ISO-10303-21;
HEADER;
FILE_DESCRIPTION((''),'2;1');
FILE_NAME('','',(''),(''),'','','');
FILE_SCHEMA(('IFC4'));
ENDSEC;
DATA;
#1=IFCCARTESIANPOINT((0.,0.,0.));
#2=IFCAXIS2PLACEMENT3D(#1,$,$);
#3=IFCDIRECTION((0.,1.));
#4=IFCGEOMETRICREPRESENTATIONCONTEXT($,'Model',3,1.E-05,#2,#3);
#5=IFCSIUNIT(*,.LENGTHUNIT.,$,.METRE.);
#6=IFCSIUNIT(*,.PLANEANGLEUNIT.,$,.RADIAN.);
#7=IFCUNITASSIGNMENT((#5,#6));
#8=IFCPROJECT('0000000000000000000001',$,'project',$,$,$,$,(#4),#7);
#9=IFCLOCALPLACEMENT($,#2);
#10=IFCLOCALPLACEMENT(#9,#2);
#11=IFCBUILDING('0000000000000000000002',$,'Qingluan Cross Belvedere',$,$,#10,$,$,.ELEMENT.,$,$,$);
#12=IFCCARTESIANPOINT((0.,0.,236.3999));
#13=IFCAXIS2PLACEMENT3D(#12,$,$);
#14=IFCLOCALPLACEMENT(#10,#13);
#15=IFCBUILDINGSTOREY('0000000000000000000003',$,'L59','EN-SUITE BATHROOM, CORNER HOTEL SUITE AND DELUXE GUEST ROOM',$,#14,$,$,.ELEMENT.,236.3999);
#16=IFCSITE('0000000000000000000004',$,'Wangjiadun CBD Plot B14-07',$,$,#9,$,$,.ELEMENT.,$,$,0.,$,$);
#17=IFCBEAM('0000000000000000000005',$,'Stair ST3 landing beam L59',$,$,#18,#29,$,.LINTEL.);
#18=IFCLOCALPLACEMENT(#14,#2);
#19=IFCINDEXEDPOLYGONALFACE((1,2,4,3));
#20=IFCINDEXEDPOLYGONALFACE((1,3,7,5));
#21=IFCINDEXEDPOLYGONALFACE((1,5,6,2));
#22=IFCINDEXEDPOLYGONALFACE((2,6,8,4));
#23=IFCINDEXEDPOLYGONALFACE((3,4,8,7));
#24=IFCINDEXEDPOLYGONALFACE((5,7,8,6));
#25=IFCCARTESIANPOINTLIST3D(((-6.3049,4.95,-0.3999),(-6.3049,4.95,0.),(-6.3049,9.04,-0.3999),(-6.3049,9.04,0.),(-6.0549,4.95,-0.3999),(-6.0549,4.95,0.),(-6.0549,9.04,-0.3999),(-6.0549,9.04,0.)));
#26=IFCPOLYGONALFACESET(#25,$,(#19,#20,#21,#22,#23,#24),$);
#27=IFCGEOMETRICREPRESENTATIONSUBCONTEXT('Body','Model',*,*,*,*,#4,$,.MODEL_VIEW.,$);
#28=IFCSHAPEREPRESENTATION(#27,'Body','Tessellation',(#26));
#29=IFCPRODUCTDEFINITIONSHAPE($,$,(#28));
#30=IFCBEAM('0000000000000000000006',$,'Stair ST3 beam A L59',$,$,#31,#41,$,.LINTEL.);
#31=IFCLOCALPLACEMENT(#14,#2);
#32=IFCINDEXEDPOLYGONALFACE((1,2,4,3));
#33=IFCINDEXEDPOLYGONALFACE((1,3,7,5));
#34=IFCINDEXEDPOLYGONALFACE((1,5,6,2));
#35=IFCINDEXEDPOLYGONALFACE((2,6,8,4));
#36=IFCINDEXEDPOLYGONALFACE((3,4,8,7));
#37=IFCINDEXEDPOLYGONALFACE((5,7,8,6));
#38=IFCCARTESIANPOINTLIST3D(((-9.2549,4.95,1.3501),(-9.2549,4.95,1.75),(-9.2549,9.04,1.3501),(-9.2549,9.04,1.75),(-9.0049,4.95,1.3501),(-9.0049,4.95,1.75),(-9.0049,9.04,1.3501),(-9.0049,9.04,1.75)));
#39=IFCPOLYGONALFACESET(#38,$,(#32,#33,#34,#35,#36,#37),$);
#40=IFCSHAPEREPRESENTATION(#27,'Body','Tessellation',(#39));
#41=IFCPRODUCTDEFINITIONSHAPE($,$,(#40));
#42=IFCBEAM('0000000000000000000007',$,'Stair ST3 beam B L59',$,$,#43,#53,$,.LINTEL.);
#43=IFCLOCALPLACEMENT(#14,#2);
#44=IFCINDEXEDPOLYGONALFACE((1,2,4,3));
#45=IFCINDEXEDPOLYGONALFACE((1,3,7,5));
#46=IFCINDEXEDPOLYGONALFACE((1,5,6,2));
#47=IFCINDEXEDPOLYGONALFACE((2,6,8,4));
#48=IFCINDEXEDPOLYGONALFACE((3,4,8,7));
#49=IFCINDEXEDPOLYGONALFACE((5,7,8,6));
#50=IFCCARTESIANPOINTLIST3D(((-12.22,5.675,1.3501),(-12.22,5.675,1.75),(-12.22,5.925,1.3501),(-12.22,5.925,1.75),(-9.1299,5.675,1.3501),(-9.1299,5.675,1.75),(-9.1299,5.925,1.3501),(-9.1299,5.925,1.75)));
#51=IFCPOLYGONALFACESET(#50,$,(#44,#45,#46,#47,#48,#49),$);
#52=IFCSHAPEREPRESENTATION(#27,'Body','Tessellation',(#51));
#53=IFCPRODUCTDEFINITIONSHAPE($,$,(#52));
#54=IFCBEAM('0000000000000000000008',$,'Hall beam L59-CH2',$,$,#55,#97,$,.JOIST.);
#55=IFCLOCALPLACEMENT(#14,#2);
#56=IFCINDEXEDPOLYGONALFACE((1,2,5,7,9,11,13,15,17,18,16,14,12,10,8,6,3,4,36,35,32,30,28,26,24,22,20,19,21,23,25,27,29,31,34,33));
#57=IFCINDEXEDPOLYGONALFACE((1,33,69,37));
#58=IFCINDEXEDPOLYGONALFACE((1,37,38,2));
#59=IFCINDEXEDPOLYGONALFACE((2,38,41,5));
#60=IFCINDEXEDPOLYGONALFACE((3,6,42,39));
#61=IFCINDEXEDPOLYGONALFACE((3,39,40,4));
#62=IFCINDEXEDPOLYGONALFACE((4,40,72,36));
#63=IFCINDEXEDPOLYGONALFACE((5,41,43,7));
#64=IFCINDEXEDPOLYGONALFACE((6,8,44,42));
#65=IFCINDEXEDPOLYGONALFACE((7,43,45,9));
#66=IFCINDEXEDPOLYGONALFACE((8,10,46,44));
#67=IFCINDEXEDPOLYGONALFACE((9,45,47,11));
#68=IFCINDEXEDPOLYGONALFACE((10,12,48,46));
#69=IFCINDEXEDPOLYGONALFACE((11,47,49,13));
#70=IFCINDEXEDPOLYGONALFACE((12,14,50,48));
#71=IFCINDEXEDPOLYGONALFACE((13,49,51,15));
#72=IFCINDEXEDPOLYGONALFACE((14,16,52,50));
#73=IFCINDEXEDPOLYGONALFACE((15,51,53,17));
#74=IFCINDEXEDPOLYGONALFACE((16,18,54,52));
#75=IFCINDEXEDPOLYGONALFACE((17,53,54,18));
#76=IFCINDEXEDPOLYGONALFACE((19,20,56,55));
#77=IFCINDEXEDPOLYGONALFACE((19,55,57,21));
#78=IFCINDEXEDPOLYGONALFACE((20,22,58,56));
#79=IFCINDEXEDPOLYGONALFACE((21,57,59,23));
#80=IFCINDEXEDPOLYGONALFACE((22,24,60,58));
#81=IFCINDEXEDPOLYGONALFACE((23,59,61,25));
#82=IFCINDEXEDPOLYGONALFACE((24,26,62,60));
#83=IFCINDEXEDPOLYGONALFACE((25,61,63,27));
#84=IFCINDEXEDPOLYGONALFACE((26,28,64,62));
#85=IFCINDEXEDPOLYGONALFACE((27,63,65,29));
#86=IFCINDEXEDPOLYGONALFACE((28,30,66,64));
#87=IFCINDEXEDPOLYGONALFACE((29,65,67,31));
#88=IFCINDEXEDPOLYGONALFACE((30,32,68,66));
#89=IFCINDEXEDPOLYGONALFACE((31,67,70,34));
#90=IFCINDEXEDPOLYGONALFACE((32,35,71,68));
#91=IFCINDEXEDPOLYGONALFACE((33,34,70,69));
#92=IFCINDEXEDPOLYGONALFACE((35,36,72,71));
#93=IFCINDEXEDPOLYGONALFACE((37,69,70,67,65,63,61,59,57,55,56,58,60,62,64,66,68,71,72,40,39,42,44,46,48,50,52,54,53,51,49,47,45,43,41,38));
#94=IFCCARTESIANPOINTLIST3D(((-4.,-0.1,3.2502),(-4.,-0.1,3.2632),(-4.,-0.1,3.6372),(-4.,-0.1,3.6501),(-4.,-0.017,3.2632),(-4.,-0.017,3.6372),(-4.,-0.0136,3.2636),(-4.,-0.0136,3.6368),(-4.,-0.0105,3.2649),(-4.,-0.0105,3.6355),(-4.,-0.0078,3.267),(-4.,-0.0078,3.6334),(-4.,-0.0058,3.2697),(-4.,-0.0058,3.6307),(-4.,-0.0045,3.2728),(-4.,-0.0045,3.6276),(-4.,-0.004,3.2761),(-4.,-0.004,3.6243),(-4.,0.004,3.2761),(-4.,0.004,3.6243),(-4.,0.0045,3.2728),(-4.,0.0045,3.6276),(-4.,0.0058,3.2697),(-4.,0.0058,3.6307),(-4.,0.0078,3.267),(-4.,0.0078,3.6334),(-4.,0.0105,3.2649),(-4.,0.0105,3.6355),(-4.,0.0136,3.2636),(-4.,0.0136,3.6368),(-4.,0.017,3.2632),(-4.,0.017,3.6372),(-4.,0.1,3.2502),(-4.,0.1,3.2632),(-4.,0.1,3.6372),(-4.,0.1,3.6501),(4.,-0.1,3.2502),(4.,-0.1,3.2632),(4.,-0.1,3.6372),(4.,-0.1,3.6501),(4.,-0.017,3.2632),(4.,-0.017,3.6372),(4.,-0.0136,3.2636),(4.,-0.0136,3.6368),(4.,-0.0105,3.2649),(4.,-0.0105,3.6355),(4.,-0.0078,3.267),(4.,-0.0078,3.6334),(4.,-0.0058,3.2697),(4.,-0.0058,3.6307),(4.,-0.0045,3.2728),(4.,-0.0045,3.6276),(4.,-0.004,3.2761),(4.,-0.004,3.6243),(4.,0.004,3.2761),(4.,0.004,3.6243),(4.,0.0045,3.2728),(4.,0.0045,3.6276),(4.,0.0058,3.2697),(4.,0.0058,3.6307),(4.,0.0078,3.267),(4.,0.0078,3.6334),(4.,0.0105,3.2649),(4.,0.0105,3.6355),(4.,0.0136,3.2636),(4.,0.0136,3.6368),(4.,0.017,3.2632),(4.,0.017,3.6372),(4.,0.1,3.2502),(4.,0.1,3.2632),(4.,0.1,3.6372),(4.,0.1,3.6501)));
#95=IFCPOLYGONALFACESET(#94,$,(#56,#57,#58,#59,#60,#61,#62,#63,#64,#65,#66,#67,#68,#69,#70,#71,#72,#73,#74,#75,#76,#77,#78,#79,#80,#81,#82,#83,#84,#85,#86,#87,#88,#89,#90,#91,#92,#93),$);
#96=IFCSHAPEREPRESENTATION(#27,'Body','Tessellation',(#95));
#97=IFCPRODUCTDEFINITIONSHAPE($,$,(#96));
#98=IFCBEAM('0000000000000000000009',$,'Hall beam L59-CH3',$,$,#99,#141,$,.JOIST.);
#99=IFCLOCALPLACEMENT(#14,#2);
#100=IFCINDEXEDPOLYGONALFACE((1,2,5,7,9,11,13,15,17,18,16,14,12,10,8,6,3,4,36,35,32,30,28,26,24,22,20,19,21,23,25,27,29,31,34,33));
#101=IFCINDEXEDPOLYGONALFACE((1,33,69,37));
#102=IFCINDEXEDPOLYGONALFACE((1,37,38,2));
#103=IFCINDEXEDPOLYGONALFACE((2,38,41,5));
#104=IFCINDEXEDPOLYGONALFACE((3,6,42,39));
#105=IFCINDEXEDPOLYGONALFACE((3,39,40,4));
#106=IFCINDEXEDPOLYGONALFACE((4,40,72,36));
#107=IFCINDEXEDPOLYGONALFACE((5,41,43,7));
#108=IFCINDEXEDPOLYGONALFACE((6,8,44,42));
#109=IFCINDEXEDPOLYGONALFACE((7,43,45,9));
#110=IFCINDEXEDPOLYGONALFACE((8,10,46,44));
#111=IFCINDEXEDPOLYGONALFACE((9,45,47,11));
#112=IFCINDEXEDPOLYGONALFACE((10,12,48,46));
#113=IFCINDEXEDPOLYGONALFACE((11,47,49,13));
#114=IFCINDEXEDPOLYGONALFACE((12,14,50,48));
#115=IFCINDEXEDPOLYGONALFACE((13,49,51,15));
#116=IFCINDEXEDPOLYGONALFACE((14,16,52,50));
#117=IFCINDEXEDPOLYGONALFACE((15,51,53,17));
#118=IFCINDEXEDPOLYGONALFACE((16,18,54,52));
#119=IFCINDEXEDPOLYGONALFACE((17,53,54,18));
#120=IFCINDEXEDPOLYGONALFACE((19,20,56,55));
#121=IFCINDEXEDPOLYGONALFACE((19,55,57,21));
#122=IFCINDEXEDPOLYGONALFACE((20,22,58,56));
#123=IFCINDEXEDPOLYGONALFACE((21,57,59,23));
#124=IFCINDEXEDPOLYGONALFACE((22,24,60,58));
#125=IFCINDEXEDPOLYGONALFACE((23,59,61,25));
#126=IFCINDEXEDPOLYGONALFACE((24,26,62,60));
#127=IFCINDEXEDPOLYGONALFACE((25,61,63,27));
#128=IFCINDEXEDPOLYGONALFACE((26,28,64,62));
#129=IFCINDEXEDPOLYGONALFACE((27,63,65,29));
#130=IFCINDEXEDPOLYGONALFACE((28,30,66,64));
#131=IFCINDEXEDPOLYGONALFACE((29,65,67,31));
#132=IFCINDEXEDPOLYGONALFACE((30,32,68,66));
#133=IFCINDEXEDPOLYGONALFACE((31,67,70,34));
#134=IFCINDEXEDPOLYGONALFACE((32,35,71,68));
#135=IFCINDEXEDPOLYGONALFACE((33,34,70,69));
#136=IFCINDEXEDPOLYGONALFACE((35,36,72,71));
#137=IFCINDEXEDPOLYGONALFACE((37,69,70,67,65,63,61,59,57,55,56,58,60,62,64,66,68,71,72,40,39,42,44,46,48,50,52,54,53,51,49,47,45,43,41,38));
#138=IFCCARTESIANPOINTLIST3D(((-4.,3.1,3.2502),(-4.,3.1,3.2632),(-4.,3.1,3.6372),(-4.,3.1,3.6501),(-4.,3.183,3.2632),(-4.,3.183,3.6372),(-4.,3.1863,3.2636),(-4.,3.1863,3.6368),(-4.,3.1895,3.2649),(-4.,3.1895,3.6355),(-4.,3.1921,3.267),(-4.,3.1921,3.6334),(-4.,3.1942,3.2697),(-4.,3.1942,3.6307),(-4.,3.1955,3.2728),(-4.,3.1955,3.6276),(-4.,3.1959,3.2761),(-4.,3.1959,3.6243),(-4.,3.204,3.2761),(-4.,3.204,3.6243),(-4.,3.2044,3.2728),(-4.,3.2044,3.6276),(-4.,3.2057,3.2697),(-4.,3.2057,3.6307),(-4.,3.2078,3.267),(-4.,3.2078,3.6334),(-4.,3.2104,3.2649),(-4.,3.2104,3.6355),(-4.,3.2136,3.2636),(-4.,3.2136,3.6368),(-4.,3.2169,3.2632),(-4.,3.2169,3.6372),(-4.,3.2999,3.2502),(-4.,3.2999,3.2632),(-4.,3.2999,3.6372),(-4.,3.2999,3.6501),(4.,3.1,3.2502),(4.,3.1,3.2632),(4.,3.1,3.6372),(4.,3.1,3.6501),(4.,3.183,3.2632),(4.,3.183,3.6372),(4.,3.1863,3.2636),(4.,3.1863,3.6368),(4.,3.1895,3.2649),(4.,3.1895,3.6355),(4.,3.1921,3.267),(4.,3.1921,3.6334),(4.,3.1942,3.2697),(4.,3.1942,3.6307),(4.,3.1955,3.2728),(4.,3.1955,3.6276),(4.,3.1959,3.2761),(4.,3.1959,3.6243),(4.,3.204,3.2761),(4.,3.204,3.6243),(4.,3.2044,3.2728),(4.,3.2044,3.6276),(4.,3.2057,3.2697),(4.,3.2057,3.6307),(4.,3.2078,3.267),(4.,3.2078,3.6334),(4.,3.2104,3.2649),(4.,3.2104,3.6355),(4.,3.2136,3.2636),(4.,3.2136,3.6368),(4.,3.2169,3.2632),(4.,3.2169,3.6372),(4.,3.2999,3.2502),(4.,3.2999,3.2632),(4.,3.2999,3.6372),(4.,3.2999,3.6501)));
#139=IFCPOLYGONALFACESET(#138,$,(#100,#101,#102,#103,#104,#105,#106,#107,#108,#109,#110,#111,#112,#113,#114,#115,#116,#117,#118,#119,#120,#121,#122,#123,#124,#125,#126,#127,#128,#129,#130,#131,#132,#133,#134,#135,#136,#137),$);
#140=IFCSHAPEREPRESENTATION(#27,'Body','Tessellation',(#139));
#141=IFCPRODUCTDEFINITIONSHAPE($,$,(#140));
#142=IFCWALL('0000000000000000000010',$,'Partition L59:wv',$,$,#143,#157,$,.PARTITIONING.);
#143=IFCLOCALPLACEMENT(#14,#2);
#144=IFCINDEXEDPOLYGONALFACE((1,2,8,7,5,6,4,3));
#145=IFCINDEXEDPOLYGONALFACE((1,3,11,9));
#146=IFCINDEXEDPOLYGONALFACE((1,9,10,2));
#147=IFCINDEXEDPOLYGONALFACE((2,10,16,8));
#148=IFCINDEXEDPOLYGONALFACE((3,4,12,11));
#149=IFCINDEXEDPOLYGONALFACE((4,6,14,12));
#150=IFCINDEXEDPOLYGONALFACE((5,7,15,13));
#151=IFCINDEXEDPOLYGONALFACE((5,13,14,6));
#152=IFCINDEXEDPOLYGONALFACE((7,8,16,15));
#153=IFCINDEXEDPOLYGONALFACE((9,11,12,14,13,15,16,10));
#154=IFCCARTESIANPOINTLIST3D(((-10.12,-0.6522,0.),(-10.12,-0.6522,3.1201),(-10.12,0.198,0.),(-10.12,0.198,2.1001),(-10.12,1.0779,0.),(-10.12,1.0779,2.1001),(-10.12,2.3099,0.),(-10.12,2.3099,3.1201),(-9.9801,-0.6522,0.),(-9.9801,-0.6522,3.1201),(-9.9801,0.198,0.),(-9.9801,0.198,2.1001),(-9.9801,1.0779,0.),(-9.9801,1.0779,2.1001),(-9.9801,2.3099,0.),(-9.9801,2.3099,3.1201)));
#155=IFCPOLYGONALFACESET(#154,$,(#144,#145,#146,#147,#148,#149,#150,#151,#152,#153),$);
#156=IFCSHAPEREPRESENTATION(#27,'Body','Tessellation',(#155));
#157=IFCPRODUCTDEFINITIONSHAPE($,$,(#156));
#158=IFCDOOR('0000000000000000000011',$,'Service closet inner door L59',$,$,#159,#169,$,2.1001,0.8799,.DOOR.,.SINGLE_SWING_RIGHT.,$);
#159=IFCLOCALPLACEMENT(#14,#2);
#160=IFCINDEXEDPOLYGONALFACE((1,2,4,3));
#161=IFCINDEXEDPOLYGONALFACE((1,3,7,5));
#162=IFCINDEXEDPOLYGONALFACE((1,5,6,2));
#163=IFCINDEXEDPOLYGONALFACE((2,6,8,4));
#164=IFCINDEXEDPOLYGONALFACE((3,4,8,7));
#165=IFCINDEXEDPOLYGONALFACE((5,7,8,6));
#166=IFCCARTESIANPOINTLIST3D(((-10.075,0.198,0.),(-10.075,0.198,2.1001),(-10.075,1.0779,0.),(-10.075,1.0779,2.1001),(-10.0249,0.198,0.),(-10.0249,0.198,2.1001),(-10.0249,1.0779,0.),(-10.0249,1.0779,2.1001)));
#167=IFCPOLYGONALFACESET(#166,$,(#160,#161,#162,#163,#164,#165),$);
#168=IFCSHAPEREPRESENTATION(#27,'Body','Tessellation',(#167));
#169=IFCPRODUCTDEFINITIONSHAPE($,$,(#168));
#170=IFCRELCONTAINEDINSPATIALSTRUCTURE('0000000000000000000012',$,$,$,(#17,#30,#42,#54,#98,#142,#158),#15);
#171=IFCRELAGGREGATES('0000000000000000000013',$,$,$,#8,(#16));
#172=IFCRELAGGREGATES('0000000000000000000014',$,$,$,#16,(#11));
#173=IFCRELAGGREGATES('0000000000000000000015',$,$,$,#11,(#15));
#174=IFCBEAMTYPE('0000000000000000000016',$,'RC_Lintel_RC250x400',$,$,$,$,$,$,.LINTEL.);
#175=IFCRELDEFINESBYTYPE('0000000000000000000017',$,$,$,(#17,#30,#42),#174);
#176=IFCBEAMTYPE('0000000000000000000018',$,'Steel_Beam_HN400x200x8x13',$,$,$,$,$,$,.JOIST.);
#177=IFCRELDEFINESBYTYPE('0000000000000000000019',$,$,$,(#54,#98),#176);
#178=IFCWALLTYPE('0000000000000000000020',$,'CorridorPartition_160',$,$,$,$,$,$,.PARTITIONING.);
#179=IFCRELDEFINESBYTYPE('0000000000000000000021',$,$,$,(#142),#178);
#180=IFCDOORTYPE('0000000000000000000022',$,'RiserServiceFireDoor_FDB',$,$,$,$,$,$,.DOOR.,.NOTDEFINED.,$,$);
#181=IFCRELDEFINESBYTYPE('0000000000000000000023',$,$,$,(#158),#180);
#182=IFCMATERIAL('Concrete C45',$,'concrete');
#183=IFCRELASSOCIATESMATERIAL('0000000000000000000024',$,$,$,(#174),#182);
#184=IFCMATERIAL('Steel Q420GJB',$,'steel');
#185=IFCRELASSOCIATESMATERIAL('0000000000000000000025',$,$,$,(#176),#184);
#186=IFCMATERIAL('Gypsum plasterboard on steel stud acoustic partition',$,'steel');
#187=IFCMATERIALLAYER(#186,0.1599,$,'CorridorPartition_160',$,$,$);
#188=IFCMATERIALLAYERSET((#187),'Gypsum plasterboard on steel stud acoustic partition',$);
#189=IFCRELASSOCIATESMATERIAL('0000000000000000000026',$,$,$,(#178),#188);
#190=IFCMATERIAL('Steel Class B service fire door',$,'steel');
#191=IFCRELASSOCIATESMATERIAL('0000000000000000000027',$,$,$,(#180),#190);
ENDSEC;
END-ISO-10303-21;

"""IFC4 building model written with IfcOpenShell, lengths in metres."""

from ifc_helpers import new_model, si_unit, direction, frame, frame_2d, origin, origin_2d, place, context, subcontext, project, spatial, rectangle, i_section, extrude, material, layer, layer_set, material_profile, profile_set, type_object, element, fill, save


model = new_model("IFC4")

# Units and contexts
model_context = context("Model", 3, precision=1e-05, world=origin(), true_north=direction((0.0, 1.0)))
body_context = subcontext(model_context, "Body", "Model", "MODEL_VIEW")
ifc_project = project(units=[si_unit("LENGTHUNIT", "METRE"), si_unit("PLANEANGLEUNIT", "RADIAN")], contexts=[model_context])

# Site, building, storey
site_placement = place(None, origin())
site = spatial("IfcSite", under=ifc_project, at=site_placement, Name="Wangjiadun CBD Plot B14-07", CompositionType="ELEMENT", RefElevation=0.0)
building_placement = place(site_placement, origin())
building = spatial("IfcBuilding", under=site, at=building_placement, Name="Qingluan Cross Belvedere", CompositionType="ELEMENT")
storey_placement = place(building_placement, frame((0.0, 0.0, 236.3999)))
storey = spatial("IfcBuildingStorey", under=building, at=storey_placement, Name="L59", Description="EN-SUITE BATHROOM, CORNER HOTEL SUITE AND DELUXE GUEST ROOM", CompositionType="ELEMENT", Elevation=236.3999)

# Beams
ifc_material_1 = material(Name="Concrete C45", Category="concrete")
ifc_material_profile_1 = material_profile(ifc_material_1, rectangle(XDim=0.25, YDim=0.3999, at=origin_2d()), Name="RC250x400")
ifc_profile_set_1 = profile_set([ifc_material_profile_1], Name="Concrete C45")
beam_type_1 = type_object("IfcBeamType", Name="RC_Lintel_RC250x400", PredefinedType="LINTEL", material=ifc_profile_set_1)
for number, where, z_axis, x_axis, name in (
    (1, (-6.1799, 4.95, -0.2), (0.0, 1.0, 0.0), (-1.0, 0.0, 0.0), "Stair ST3 landing beam L59"),
    (2, (-9.1299, 4.95, 1.55), (0.0, 1.0, 0.0), (-1.0, 0.0, 0.0), "Stair ST3 beam A L59"),
):
    element("IfcBeam", number, at=place(storey_placement, frame(where, z_axis=z_axis, x_axis=x_axis)), inside=storey, type_object=beam_type_1, Name=name, PredefinedType="LINTEL", context=body_context, shape_type="SweptSolid", body=[
        extrude(rectangle(XDim=0.25, YDim=0.3999, at=origin_2d()), origin(), (0.0, 0.0, 1.0), 4.0901),
    ])
beam_placement = place(storey_placement, frame((-12.22, 5.8, 1.55), z_axis=(1.0, 0.0, 0.0), x_axis=(0.0, 1.0, 0.0)))
element("IfcBeam", 3, at=beam_placement, inside=storey, type_object=beam_type_1, Name="Stair ST3 beam B L59", PredefinedType="LINTEL", context=body_context, shape_type="SweptSolid", body=[
    extrude(rectangle(XDim=0.25, YDim=0.3999, at=origin_2d()), origin(), (0.0, 0.0, 1.0), 3.0901),
])
ifc_material_2 = material(Name="Steel Q420GJB", Category="steel")
ifc_material_profile_2 = material_profile(ifc_material_2, i_section(OverallWidth=0.2, OverallDepth=0.3999, WebThickness=0.0081, FlangeThickness=0.0129, FilletRadius=0.0129, at=origin_2d()), Name="HN400x200x8x13")
ifc_profile_set_2 = profile_set([ifc_material_profile_2], Name="Steel Q420GJB")
beam_type_2 = type_object("IfcBeamType", Name="Steel_Beam_HN400x200x8x13", PredefinedType="JOIST", material=ifc_profile_set_2)
for number, where, z_axis, x_axis, name in (
    (4, (-4.0, 0.0, 3.4502), (1.0, 0.0, 0.0), (0.0, 1.0, 0.0), "Hall beam L59-CH2"),
    (5, (-4.0, 3.2, 3.4502), (1.0, 0.0, 0.0), (0.0, 1.0, 0.0), "Hall beam L59-CH3"),
):
    element("IfcBeam", number, at=place(storey_placement, frame(where, z_axis=z_axis, x_axis=x_axis)), inside=storey, type_object=beam_type_2, Name=name, PredefinedType="JOIST", context=body_context, shape_type="SweptSolid", body=[
        extrude(i_section(OverallWidth=0.2, OverallDepth=0.3999, WebThickness=0.0081, FlangeThickness=0.0129, FilletRadius=0.0129, at=origin_2d()), origin(), (0.0, 0.0, 1.0), 8.0),
    ])

# Wall, opening, door
ifc_material_3 = material(Name="Gypsum plasterboard on steel stud acoustic partition", Category="steel")
ifc_layer_1 = layer(ifc_material_3, 0.1599, Name="CorridorPartition_160")
ifc_layer_set_1 = layer_set([ifc_layer_1], Name="Gypsum plasterboard on steel stud acoustic partition")
wall_type_1 = type_object("IfcWallType", Name="CorridorPartition_160", PredefinedType="PARTITIONING", material=ifc_layer_set_1)
wall_1_placement = place(storey_placement, frame((-10.05, -0.6521, 0.0), z_axis=(0.0, 0.0, 1.0), x_axis=(0.0, 1.0, 0.0)))
wall_1 = element("IfcWall", 6, at=wall_1_placement, inside=storey, type_object=wall_type_1, Name="Partition L59:wv", PredefinedType="PARTITIONING", context=body_context, shape_type="SweptSolid", body=[
    extrude(rectangle(XDim=2.9622, YDim=0.1399, at=frame_2d((1.481, 0.0))), origin(), (0.0, 0.0, 1.0), 3.1201),
])
opening_1_placement = place(wall_1_placement, frame((0.8501, 0.0, 0.0)))
opening_1 = element("IfcOpeningElement", 7, at=opening_1_placement, cuts=wall_1, PredefinedType="OPENING", context=body_context, shape_type="SweptSolid", body=[
    extrude(rectangle(XDim=0.8799, YDim=2.1001, at=frame_2d((0.4399, 1.05))), frame((0.0, 0.0798, 0.0), z_axis=(0.0, -1.0, 0.0), x_axis=(1.0, 0.0, 0.0)), (0.0, 0.0, 1.0), 0.1599),
])
ifc_material_4 = material(Name="Steel Class B service fire door", Category="steel")
door_type_1 = type_object("IfcDoorType", Name="RiserServiceFireDoor_FDB", OperationType="NOTDEFINED", PredefinedType="DOOR", material=ifc_material_4)
door_1_placement = place(opening_1_placement, origin())
door_1 = element("IfcDoor", 8, at=door_1_placement, inside=storey, type_object=door_type_1, Name="Service closet inner door L59", OperationType="SINGLE_SWING_RIGHT", OverallHeight=2.1001, OverallWidth=0.8799, PredefinedType="DOOR", context=body_context, shape_type="SweptSolid", body=[
    extrude(rectangle(XDim=0.8799, YDim=2.1001, at=frame_2d((0.4399, 1.05))), frame((0.0, 0.0249, 0.0), z_axis=(0.0, -1.0, 0.0), x_axis=(1.0, 0.0, 0.0)), (0.0, 0.0, 1.0), 0.05),
])
fill(opening_1, door_1)

save(model, "model.ifc")
